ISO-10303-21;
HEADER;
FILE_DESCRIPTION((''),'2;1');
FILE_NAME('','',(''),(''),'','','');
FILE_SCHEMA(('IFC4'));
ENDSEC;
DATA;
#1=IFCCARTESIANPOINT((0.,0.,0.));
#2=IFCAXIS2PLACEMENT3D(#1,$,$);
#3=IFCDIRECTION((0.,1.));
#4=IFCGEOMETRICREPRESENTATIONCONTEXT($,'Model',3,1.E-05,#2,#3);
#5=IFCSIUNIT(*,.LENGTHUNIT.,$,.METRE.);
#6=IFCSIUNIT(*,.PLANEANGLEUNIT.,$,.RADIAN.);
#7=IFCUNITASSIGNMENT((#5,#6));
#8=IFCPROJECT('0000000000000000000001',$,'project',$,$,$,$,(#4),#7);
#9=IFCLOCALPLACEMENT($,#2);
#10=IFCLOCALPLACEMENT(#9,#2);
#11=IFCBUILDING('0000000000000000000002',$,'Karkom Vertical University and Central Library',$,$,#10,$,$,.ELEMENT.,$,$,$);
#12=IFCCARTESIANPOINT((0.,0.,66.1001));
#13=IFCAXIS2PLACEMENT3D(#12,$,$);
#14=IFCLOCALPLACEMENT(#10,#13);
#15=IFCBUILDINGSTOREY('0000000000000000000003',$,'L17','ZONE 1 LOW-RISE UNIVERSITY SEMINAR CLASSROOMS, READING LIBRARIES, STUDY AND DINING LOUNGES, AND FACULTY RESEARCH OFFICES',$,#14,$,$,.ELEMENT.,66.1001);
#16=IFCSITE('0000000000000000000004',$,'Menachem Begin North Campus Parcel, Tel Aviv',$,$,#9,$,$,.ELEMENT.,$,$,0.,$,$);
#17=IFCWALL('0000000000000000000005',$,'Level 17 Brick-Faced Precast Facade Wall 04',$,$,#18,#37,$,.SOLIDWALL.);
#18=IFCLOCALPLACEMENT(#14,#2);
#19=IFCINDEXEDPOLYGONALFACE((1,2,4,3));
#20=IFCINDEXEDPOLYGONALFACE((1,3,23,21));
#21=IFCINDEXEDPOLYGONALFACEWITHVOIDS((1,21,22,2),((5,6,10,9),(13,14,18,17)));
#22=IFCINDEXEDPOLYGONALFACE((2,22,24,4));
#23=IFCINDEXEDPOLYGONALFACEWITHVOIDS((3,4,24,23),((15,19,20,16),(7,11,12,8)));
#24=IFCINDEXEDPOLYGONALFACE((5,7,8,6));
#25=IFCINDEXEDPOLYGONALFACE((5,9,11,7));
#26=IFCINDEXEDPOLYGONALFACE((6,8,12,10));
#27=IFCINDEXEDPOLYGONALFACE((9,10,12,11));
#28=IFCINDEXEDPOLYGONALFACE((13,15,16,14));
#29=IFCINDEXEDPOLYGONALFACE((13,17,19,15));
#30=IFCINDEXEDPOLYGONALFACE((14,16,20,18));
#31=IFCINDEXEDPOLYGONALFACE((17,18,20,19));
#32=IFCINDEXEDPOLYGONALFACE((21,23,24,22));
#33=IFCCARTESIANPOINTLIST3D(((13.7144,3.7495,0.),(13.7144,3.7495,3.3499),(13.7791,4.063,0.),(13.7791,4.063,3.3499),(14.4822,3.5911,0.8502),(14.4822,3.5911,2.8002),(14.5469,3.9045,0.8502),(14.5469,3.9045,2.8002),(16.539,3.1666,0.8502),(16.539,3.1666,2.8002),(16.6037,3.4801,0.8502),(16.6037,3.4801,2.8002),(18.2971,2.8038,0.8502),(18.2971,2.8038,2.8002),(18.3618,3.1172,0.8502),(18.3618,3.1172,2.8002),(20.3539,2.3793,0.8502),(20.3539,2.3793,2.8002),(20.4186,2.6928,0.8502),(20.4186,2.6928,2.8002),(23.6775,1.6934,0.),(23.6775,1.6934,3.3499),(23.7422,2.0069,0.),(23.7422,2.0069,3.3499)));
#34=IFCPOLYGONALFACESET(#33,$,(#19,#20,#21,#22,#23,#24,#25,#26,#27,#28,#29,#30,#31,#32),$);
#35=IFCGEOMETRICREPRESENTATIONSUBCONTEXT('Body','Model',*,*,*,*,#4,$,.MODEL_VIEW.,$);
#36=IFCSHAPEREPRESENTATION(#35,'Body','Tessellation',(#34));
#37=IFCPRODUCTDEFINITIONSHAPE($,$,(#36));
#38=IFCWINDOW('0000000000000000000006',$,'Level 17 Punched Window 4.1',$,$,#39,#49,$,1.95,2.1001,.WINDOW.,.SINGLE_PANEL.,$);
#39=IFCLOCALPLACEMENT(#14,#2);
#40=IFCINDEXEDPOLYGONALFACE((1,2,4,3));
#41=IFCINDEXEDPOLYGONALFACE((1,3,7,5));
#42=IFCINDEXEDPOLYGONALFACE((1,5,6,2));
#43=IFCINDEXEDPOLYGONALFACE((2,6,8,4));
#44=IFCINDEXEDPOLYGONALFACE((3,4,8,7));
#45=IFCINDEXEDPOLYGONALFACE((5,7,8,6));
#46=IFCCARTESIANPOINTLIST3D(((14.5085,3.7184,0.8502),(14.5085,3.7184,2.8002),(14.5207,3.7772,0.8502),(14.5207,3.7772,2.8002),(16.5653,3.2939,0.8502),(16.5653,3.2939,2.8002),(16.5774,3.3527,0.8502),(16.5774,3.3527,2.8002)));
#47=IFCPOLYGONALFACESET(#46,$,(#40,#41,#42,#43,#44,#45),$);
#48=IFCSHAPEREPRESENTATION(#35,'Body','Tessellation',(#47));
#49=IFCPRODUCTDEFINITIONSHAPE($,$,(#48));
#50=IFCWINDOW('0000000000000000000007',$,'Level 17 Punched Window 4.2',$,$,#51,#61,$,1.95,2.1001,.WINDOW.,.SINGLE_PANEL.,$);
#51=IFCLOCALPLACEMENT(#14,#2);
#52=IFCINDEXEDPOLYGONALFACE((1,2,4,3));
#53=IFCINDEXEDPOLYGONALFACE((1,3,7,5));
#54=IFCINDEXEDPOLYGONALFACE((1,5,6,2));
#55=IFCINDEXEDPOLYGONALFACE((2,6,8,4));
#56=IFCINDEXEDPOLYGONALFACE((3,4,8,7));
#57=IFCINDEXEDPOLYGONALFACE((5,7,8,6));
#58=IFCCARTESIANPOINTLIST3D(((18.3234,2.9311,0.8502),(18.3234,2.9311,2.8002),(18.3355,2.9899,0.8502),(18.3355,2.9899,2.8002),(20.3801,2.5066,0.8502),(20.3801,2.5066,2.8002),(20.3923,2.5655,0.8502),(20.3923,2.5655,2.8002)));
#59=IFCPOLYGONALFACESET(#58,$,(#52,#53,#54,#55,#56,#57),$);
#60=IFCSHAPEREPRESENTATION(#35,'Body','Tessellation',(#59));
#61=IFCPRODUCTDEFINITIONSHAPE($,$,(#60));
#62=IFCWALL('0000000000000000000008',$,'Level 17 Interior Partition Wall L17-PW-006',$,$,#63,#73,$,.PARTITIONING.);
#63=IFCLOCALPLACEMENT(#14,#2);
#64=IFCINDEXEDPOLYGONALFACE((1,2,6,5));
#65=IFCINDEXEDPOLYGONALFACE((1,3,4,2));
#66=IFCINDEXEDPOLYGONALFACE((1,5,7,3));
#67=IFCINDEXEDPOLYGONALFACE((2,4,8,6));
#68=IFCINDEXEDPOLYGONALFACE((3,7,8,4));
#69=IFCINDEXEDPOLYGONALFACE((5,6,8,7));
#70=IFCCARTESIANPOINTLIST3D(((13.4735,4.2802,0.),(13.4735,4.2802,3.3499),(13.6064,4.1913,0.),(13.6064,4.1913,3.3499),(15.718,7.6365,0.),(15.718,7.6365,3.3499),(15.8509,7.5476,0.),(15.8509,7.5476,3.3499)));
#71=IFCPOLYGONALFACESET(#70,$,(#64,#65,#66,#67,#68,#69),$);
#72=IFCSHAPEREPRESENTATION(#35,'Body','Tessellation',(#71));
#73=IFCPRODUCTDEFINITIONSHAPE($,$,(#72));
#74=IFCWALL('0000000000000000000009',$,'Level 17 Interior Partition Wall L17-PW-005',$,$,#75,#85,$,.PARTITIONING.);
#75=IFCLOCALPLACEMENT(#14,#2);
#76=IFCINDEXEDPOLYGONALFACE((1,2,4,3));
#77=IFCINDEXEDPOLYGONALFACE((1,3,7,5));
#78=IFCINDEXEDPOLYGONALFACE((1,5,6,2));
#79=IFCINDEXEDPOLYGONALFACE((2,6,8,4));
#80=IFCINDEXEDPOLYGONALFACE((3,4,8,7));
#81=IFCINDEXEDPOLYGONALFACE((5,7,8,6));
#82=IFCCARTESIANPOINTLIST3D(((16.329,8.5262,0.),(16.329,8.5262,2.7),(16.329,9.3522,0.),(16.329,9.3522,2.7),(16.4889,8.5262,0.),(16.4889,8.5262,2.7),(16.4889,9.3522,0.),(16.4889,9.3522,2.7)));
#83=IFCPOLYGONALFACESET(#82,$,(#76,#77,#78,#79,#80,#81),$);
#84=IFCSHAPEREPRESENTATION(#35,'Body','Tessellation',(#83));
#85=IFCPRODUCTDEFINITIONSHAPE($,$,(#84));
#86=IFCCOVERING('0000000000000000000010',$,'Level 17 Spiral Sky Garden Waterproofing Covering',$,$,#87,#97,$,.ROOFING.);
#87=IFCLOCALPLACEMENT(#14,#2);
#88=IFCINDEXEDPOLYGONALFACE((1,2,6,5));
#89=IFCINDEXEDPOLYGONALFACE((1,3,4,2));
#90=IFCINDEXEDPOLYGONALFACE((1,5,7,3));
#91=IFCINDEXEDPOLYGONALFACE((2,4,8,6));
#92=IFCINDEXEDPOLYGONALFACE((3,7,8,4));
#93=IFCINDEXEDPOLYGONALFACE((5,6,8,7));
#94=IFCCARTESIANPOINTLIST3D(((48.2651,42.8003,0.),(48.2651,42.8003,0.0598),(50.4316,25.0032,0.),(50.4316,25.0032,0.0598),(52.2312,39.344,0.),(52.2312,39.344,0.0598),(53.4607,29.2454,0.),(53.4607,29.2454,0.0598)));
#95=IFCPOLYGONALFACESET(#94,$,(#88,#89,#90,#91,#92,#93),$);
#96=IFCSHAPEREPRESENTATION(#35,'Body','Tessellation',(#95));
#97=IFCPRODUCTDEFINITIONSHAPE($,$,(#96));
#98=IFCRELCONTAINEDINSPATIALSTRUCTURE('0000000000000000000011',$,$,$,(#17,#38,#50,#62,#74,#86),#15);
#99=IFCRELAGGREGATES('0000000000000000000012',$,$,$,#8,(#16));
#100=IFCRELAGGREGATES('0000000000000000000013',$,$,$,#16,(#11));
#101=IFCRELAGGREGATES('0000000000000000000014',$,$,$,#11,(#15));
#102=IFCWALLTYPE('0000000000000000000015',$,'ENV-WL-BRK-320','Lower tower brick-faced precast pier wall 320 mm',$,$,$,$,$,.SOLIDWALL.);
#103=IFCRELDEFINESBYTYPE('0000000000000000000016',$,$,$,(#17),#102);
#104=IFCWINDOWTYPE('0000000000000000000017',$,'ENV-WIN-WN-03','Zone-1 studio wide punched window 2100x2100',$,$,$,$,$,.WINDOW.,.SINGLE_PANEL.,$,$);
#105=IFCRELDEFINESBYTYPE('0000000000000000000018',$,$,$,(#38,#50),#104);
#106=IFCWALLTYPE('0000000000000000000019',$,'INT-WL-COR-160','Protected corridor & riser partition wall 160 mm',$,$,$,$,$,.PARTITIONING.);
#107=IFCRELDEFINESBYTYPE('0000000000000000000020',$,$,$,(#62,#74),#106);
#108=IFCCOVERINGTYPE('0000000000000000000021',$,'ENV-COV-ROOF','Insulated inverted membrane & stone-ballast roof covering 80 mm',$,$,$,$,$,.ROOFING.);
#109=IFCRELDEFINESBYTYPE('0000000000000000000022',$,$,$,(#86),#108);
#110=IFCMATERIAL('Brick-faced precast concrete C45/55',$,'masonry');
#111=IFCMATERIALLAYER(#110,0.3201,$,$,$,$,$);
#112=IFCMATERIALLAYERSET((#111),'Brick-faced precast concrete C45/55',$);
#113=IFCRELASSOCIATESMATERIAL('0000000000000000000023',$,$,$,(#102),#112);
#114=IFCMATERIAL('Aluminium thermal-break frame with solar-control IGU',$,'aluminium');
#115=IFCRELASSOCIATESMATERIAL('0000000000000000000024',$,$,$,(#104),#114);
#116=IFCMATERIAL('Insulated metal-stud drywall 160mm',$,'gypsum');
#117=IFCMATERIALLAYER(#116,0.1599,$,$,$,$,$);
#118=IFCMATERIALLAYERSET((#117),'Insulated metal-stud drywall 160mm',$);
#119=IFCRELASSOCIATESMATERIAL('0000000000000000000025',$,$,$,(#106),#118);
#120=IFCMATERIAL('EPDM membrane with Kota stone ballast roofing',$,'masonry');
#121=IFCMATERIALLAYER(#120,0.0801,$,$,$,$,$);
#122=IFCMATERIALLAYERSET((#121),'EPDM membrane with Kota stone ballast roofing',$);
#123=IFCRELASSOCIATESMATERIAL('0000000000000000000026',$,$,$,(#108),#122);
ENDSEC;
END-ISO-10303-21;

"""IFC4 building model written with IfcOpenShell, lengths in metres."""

from ifc_helpers import new_model, si_unit, direction, frame, frame_2d, origin, origin_with_axes, place, context, subcontext, project, spatial, polyline, rectangle, outline, extrude, source, transform, mapped, material, layer, layer_set, type_object, element, fill, save


model = new_model("IFC4")

# Units and contexts
model_context = context("Model", 3, precision=1e-05, world=origin(), true_north=direction((0.0, 1.0)))
body_context = subcontext(model_context, "Body", "Model", "MODEL_VIEW")
ifc_project = project(units=[si_unit("LENGTHUNIT", "METRE"), si_unit("PLANEANGLEUNIT", "RADIAN")], contexts=[model_context])

# Site, building, storey
site_placement = place(None, origin())
site = spatial("IfcSite", under=ifc_project, at=site_placement, Name="Menachem Begin North Campus Parcel, Tel Aviv", CompositionType="ELEMENT", RefElevation=0.0)
building_placement = place(site_placement, origin())
building = spatial("IfcBuilding", under=site, at=building_placement, Name="Karkom Vertical University and Central Library", CompositionType="ELEMENT")
storey_placement = place(building_placement, frame((0.0, 0.0, 66.1001)))
storey = spatial("IfcBuildingStorey", under=building, at=storey_placement, Name="L17", Description="ZONE 1 LOW-RISE UNIVERSITY SEMINAR CLASSROOMS, READING LIBRARIES, STUDY AND DINING LOUNGES, AND FACULTY RESEARCH OFFICES", CompositionType="ELEMENT", Elevation=66.1001)

# Wall, openings, windows
ifc_material_1 = material(Name="Brick-faced precast concrete C45/55", Category="masonry")
ifc_layer_1 = layer(ifc_material_1, 0.3201)
ifc_layer_set_1 = layer_set([ifc_layer_1], Name="Brick-faced precast concrete C45/55")
wall_type_1 = type_object("IfcWallType", Name="ENV-WL-BRK-320", Description="Lower tower brick-faced precast pier wall 320 mm", PredefinedType="SOLIDWALL", material=ifc_layer_set_1)
wall_1_placement = place(storey_placement, frame((13.7468, 3.9062, 0.0), z_axis=(0.0, 0.0, 1.0), x_axis=(0.979361, -0.202117, 0.0)))
wall_1 = element("IfcWall", 1, at=wall_1_placement, inside=storey, type_object=wall_type_1, Name="Level 17 Brick-Faced Precast Facade Wall 04", PredefinedType="SOLIDWALL", context=body_context, shape_type="SweptSolid", body=[
    extrude(rectangle(XDim=10.1731, YDim=0.3201, at=frame_2d((5.0864, 0.0))), origin(), (0.0, 0.0, 1.0), 3.3499),
])
opening_1_placement = place(wall_1_placement, frame((0.7839, 0.0, 0.8501)))
opening_1 = element("IfcOpeningElement", 2, at=opening_1_placement, cuts=wall_1, PredefinedType="OPENING", context=body_context, shape_type="SweptSolid", body=[
    extrude(rectangle(XDim=2.1001, YDim=1.95, at=frame_2d((1.05, 0.9751))), frame((0.0, 0.1699, 0.0), z_axis=(0.0, -1.0, 0.0), x_axis=(1.0, 0.0, 0.0)), (0.0, 0.0, 1.0), 0.3401),
])
opening_2_placement = place(wall_1_placement, frame((4.6792, 0.0, 0.8501)))
opening_2 = element("IfcOpeningElement", 3, at=opening_2_placement, cuts=wall_1, PredefinedType="OPENING", context=body_context, shape_type="SweptSolid", body=[
    extrude(rectangle(XDim=2.1001, YDim=1.95, at=frame_2d((1.05, 0.9751))), frame((0.0, 0.1699, 0.0), z_axis=(0.0, -1.0, 0.0), x_axis=(1.0, 0.0, 0.0)), (0.0, 0.0, 1.0), 0.3401),
])
ifc_material_2 = material(Name="Aluminium thermal-break frame with solar-control IGU", Category="aluminium")
window_type = type_object("IfcWindowType", Name="ENV-WIN-WN-03", Description="Zone-1 studio wide punched window 2100x2100", PartitioningType="SINGLE_PANEL", PredefinedType="WINDOW", material=ifc_material_2)
shared_shape_1 = source(origin_with_axes(), body_context, "Body", "SweptSolid", [
    extrude(rectangle(XDim=2.1001, YDim=1.95, at=frame_2d((1.05, 0.9751))), frame((0.0, 0.03, 0.0), z_axis=(0.0, -1.0, 0.0), x_axis=(1.0, 0.0, 0.0)), (0.0, 0.0, 1.0), 0.0601),
])
window_1_placement = place(opening_1_placement, origin())
window_1 = element("IfcWindow", 4, at=window_1_placement, inside=storey, type_object=window_type, Name="Level 17 Punched Window 4.1", OverallHeight=1.95, OverallWidth=2.1001, PartitioningType="SINGLE_PANEL", PredefinedType="WINDOW", context=body_context, shape_type="MappedRepresentation", body=[
    mapped(shared_shape_1, transform((0.0, 0.0, 0.0), scale=1.0)),
])
fill(opening_1, window_1)
window_2_placement = place(opening_2_placement, origin())
window_2 = element("IfcWindow", 5, at=window_2_placement, inside=storey, type_object=window_type, Name="Level 17 Punched Window 4.2", OverallHeight=1.95, OverallWidth=2.1001, PartitioningType="SINGLE_PANEL", PredefinedType="WINDOW", context=body_context, shape_type="MappedRepresentation", body=[
    mapped(shared_shape_1, transform((0.0, 0.0, 0.0), scale=1.0)),
])
fill(opening_2, window_2)

# Walls
ifc_material_3 = material(Name="Insulated metal-stud drywall 160mm", Category="gypsum")
ifc_layer_2 = layer(ifc_material_3, 0.1599)
ifc_layer_set_2 = layer_set([ifc_layer_2], Name="Insulated metal-stud drywall 160mm")
wall_type_2 = type_object("IfcWallType", Name="INT-WL-COR-160", Description="Protected corridor & riser partition wall 160 mm", PredefinedType="PARTITIONING", material=ifc_layer_set_2)
wall_2_placement = place(storey_placement, frame((15.7844, 7.592, 0.0), z_axis=(0.0, 0.0, 1.0), x_axis=(-0.555886, -0.831259, 0.0)))
element("IfcWall", 6, at=wall_2_placement, inside=storey, type_object=wall_type_2, Name="Level 17 Interior Partition Wall L17-PW-006", PredefinedType="PARTITIONING", context=body_context, shape_type="SweptSolid", body=[
    extrude(rectangle(XDim=4.0376, YDim=0.1599, at=frame_2d((2.0188, 0.0))), origin(), (0.0, 0.0, 1.0), 3.3499),
])
wall_3_placement = place(storey_placement, frame((16.4089, 8.5261, 0.0), z_axis=(0.0, 0.0, 1.0), x_axis=(0.0, 1.0, 0.0)))
element("IfcWall", 7, at=wall_3_placement, inside=storey, type_object=wall_type_2, Name="Level 17 Interior Partition Wall L17-PW-005", PredefinedType="PARTITIONING", context=body_context, shape_type="SweptSolid", body=[
    extrude(rectangle(XDim=0.8259, YDim=0.1599, at=frame_2d((0.4131, 0.0))), origin(), (0.0, 0.0, 1.0), 2.7),
])

# Covering
ifc_material_4 = material(Name="EPDM membrane with Kota stone ballast roofing", Category="masonry")
ifc_layer_3 = layer(ifc_material_4, 0.0801)
ifc_layer_set_3 = layer_set([ifc_layer_3], Name="EPDM membrane with Kota stone ballast roofing")
covering_type = type_object("IfcCoveringType", Name="ENV-COV-ROOF", Description="Insulated inverted membrane & stone-ballast roof covering 80 mm", PredefinedType="ROOFING", material=ifc_layer_set_3)
covering_placement = place(storey_placement, origin())
element("IfcCovering", 8, at=covering_placement, inside=storey, type_object=covering_type, Name="Level 17 Spiral Sky Garden Waterproofing Covering", PredefinedType="ROOFING", context=body_context, shape_type="SweptSolid", body=[
    extrude(outline(polyline([(52.2312, 39.344), (53.4607, 29.2454), (50.4316, 25.0032), (48.2651, 42.8003), (52.2312, 39.344)])), origin(), (0.0, 0.0, 1.0), 0.0598),
])

save(model, "model.ifc")
